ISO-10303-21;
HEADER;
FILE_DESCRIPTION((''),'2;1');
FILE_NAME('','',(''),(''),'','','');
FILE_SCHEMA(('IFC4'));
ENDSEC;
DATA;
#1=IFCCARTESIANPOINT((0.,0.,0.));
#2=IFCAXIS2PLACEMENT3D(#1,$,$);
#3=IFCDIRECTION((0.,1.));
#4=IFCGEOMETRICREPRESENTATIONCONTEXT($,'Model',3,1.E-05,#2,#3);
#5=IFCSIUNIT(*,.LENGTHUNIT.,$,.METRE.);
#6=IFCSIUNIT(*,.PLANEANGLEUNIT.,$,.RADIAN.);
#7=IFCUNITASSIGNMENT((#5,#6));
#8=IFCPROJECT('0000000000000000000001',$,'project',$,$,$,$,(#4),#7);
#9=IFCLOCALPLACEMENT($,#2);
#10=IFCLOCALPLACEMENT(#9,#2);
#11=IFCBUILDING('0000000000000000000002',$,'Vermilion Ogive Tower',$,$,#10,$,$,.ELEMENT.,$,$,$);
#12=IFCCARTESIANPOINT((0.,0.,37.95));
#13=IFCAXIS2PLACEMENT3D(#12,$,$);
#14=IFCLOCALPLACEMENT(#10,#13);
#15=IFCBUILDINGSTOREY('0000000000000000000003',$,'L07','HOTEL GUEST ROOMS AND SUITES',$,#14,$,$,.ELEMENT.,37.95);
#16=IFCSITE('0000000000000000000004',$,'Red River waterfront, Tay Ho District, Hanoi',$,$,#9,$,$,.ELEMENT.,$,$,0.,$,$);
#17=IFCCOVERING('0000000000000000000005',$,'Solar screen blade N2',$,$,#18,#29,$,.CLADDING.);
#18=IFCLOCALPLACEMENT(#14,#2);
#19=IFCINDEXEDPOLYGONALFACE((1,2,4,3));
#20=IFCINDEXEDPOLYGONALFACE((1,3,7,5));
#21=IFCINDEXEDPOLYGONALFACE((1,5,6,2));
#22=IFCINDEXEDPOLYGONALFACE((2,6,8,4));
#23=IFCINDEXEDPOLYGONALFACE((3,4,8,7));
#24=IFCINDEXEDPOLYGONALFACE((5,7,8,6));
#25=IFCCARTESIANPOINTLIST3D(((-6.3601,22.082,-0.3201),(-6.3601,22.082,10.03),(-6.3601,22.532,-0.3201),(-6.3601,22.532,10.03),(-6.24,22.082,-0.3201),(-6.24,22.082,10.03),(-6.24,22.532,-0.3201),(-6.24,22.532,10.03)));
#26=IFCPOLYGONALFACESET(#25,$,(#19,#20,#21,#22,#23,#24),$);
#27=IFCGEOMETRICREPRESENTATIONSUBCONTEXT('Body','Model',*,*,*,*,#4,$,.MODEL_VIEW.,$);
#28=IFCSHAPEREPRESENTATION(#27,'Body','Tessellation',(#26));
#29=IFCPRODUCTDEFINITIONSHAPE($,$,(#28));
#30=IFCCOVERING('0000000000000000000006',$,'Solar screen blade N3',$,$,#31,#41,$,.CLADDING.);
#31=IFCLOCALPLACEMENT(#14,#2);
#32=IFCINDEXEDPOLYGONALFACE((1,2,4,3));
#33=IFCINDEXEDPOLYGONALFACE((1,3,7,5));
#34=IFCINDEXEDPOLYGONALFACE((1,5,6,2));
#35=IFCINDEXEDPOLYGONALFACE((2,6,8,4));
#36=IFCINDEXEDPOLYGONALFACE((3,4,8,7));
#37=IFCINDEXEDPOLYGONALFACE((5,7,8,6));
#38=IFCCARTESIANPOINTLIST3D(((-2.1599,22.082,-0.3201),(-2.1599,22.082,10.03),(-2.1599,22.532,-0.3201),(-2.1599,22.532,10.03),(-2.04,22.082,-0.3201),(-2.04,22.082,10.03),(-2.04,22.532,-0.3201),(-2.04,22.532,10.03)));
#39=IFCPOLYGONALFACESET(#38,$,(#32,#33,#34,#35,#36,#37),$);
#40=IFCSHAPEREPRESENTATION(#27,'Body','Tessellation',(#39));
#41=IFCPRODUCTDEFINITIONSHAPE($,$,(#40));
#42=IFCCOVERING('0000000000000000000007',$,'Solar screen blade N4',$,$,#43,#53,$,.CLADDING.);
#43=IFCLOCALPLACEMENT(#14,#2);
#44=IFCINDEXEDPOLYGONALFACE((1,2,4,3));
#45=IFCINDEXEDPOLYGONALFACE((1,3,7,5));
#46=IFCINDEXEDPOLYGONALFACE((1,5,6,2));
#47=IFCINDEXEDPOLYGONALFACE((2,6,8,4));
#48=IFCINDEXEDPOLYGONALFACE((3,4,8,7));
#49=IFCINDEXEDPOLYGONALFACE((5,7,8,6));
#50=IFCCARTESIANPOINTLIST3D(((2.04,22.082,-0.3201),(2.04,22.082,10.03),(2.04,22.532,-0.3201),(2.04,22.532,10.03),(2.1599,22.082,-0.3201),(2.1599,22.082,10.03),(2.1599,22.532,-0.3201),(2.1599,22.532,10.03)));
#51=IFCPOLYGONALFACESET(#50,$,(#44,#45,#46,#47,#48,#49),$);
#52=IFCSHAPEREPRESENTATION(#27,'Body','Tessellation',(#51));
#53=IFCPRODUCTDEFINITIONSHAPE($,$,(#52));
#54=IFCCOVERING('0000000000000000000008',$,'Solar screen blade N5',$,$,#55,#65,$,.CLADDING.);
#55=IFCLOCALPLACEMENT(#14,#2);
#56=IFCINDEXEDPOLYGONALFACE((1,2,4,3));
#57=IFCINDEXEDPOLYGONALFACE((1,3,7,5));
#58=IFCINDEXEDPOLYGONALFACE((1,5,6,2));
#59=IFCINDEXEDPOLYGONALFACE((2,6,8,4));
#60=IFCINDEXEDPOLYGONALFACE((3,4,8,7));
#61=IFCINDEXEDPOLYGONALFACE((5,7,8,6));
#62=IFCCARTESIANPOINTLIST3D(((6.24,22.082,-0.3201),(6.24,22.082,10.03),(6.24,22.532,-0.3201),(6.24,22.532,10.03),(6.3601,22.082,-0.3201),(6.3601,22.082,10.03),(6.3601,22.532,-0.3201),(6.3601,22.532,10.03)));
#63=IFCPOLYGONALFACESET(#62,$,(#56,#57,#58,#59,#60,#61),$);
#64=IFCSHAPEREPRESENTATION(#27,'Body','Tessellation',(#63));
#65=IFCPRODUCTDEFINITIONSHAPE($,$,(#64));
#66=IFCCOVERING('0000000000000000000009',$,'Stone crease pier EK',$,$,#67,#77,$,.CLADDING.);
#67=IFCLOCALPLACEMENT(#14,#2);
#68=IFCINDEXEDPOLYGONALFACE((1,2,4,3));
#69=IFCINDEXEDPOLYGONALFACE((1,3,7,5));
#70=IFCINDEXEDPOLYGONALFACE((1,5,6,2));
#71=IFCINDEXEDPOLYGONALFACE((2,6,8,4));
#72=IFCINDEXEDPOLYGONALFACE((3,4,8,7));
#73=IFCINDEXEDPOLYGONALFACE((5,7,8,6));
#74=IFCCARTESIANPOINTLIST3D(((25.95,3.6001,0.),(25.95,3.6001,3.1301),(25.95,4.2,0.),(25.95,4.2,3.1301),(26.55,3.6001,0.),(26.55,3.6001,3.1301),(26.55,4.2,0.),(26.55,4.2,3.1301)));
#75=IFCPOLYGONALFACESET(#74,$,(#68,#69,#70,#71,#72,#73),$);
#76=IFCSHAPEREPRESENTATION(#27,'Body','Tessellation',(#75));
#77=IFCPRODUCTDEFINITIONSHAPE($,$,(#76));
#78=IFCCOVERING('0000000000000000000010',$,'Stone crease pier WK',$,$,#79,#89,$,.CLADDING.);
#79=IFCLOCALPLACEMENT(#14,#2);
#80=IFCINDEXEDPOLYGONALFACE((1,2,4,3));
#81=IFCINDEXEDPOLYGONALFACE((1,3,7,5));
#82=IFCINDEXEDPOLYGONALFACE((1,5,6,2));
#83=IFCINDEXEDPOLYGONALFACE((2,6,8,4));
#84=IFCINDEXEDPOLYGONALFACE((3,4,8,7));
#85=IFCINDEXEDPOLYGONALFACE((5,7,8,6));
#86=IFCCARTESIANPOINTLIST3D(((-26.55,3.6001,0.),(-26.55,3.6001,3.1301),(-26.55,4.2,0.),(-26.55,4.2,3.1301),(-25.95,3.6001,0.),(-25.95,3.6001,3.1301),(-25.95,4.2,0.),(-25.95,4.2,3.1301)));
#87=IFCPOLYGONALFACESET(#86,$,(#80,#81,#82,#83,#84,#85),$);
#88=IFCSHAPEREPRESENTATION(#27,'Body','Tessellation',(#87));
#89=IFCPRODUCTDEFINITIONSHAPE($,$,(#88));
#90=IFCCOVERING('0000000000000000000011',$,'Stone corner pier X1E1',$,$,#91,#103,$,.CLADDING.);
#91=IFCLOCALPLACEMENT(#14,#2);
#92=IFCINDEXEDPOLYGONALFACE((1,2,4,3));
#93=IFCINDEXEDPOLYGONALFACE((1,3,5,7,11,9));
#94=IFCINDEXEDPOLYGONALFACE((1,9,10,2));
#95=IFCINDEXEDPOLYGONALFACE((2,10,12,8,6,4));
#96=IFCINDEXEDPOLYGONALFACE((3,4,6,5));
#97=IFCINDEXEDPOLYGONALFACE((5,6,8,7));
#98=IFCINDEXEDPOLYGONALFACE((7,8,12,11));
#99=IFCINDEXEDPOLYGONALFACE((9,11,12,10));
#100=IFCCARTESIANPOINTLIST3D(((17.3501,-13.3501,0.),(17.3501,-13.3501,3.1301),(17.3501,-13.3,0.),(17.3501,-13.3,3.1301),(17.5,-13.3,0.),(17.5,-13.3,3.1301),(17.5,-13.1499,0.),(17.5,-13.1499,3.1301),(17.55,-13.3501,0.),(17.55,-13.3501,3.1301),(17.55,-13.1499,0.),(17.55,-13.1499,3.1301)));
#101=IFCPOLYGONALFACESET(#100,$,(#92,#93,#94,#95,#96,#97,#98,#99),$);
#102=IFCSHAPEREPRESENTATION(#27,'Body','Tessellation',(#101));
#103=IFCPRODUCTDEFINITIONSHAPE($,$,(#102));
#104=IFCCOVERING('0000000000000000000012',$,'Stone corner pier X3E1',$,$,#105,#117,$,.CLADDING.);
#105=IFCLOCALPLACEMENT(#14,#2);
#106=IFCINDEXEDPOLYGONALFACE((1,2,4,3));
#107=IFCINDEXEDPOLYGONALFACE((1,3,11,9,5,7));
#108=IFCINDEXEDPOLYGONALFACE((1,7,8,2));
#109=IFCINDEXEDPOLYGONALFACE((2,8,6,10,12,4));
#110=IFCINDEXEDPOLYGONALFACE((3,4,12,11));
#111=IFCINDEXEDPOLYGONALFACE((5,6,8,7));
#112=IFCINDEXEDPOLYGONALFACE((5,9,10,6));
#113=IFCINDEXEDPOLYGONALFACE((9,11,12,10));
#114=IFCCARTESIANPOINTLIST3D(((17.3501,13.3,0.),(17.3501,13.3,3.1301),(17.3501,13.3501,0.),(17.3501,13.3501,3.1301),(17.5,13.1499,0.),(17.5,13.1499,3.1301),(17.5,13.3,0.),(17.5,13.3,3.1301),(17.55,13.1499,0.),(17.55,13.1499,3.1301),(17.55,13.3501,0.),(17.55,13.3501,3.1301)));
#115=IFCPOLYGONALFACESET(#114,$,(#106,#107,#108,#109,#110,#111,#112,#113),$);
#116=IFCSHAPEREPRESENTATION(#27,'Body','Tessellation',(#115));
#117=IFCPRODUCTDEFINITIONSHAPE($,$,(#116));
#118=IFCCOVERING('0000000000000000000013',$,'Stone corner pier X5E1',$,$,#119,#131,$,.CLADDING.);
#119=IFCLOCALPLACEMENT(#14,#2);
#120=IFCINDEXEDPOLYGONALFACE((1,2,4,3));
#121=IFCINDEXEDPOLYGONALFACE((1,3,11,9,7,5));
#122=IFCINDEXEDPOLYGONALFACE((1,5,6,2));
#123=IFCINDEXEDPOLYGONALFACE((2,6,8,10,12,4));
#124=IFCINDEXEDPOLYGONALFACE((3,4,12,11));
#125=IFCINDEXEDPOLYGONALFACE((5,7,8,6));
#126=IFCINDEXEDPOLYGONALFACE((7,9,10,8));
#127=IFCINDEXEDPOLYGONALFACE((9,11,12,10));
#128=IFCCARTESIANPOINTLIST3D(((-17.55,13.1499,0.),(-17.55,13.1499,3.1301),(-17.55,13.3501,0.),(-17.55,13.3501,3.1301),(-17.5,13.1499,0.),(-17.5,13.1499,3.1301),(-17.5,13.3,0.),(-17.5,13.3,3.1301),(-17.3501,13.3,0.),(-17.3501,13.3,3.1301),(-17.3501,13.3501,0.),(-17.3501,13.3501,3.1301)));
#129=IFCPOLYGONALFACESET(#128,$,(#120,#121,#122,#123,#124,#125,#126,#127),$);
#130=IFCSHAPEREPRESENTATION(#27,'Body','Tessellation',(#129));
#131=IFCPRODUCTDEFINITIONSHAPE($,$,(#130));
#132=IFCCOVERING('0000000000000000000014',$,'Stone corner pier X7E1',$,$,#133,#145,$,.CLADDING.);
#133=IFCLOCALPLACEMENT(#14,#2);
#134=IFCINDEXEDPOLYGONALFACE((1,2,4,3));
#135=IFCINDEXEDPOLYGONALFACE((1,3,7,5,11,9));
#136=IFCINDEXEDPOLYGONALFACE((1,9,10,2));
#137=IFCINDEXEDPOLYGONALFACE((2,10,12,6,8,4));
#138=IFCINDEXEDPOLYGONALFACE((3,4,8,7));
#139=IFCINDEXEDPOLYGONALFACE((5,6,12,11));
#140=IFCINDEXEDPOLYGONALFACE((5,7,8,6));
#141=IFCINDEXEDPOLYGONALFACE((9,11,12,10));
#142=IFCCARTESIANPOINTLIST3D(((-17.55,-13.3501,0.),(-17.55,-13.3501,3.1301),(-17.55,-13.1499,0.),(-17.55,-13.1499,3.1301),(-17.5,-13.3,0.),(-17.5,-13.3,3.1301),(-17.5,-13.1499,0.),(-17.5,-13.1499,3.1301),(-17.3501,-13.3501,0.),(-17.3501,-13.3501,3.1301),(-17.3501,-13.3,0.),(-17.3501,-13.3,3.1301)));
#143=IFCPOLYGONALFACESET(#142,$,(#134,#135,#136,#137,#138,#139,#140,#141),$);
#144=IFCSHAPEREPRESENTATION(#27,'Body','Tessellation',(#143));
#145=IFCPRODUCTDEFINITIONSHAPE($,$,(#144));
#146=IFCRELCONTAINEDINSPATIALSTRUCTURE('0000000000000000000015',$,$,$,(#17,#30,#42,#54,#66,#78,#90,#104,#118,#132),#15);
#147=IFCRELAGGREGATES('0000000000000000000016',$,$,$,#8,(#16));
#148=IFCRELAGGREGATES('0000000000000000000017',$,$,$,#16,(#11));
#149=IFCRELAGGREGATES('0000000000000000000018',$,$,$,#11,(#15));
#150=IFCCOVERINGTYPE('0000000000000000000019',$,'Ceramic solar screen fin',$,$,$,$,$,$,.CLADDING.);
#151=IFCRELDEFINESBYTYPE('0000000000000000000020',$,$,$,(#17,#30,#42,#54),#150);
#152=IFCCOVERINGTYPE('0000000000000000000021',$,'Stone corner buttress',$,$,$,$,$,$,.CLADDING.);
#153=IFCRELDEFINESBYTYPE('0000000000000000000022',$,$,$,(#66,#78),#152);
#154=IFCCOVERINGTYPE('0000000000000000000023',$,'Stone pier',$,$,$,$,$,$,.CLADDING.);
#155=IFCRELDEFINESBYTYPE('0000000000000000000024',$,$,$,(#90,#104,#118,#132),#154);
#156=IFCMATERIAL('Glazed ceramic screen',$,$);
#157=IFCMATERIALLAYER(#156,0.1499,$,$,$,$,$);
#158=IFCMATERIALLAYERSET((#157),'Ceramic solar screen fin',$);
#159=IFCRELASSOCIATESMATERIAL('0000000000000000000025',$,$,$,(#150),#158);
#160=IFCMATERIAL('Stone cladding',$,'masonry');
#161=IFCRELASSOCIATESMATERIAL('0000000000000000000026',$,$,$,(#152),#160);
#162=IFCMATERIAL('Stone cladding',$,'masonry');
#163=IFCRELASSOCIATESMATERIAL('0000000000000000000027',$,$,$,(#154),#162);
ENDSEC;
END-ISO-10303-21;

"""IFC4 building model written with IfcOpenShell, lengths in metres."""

from ifc_helpers import new_model, si_unit, direction, frame, origin, place, context, subcontext, project, spatial, polyline, outline, extrude, material, layer, layer_set, type_object, element, save


model = new_model("IFC4")

# Units and contexts
model_context = context("Model", 3, precision=1e-05, world=origin(), true_north=direction((0.0, 1.0)))
body_context = subcontext(model_context, "Body", "Model", "MODEL_VIEW")
ifc_project = project(units=[si_unit("LENGTHUNIT", "METRE"), si_unit("PLANEANGLEUNIT", "RADIAN")], contexts=[model_context])

# Site, building, storey
site_placement = place(None, origin())
site = spatial("IfcSite", under=ifc_project, at=site_placement, Name="Red River waterfront, Tay Ho District, Hanoi", CompositionType="ELEMENT", RefElevation=0.0)
building_placement = place(site_placement, origin())
building = spatial("IfcBuilding", under=site, at=building_placement, Name="Vermilion Ogive Tower", CompositionType="ELEMENT")
storey_placement = place(building_placement, frame((0.0, 0.0, 37.95)))
storey = spatial("IfcBuildingStorey", under=building, at=storey_placement, Name="L07", Description="HOTEL GUEST ROOMS AND SUITES", CompositionType="ELEMENT", Elevation=37.95)

# Coverings
ifc_material_1 = material(Name="Glazed ceramic screen")
ifc_layer_1 = layer(ifc_material_1, 0.1499)
ifc_layer_set_1 = layer_set([ifc_layer_1], Name="Ceramic solar screen fin")
covering_type_1 = type_object("IfcCoveringType", Name="Ceramic solar screen fin", PredefinedType="CLADDING", material=ifc_layer_set_1)
covering_1_placement = place(storey_placement, frame((0.0, 0.0, -0.3201)))
element("IfcCovering", 1, at=covering_1_placement, inside=storey, type_object=covering_type_1, Name="Solar screen blade N2", PredefinedType="CLADDING", context=body_context, shape_type="SweptSolid", body=[
    extrude(outline(polyline([(-6.3601, 22.082), (-6.24, 22.082), (-6.24, 22.532), (-6.3601, 22.532), (-6.3601, 22.082)])), origin(), (0.0, 0.0, 1.0), 10.3501),
])
covering_2_placement = place(storey_placement, frame((0.0, 0.0, -0.3201)))
element("IfcCovering", 2, at=covering_2_placement, inside=storey, type_object=covering_type_1, Name="Solar screen blade N3", PredefinedType="CLADDING", context=body_context, shape_type="SweptSolid", body=[
    extrude(outline(polyline([(-2.1599, 22.082), (-2.04, 22.082), (-2.04, 22.532), (-2.1599, 22.532), (-2.1599, 22.082)])), origin(), (0.0, 0.0, 1.0), 10.3501),
])
covering_3_placement = place(storey_placement, frame((0.0, 0.0, -0.3201)))
element("IfcCovering", 3, at=covering_3_placement, inside=storey, type_object=covering_type_1, Name="Solar screen blade N4", PredefinedType="CLADDING", context=body_context, shape_type="SweptSolid", body=[
    extrude(outline(polyline([(2.04, 22.082), (2.1599, 22.082), (2.1599, 22.532), (2.04, 22.532), (2.04, 22.082)])), origin(), (0.0, 0.0, 1.0), 10.3501),
])
covering_4_placement = place(storey_placement, frame((0.0, 0.0, -0.3201)))
element("IfcCovering", 4, at=covering_4_placement, inside=storey, type_object=covering_type_1, Name="Solar screen blade N5", PredefinedType="CLADDING", context=body_context, shape_type="SweptSolid", body=[
    extrude(outline(polyline([(6.24, 22.082), (6.3601, 22.082), (6.3601, 22.532), (6.24, 22.532), (6.24, 22.082)])), origin(), (0.0, 0.0, 1.0), 10.3501),
])
ifc_material_2 = material(Name="Stone cladding", Category="masonry")
covering_type_2 = type_object("IfcCoveringType", Name="Stone corner buttress", PredefinedType="CLADDING", material=ifc_material_2)
covering_5_placement = place(storey_placement, origin())
element("IfcCovering", 5, at=covering_5_placement, inside=storey, type_object=covering_type_2, Name="Stone crease pier EK", PredefinedType="CLADDING", context=body_context, shape_type="SweptSolid", body=[
    extrude(outline(polyline([(26.55, 3.6001), (26.55, 4.2), (25.95, 4.2), (25.95, 3.6001), (26.55, 3.6001)])), origin(), (0.0, 0.0, 1.0), 3.1301),
])
covering_6_placement = place(storey_placement, origin())
element("IfcCovering", 6, at=covering_6_placement, inside=storey, type_object=covering_type_2, Name="Stone crease pier WK", PredefinedType="CLADDING", context=body_context, shape_type="SweptSolid", body=[
    extrude(outline(polyline([(-26.55, 4.2), (-26.55, 3.6001), (-25.95, 3.6001), (-25.95, 4.2), (-26.55, 4.2)])), origin(), (0.0, 0.0, 1.0), 3.1301),
])
ifc_material_3 = material(Name="Stone cladding", Category="masonry")
covering_type_3 = type_object("IfcCoveringType", Name="Stone pier", PredefinedType="CLADDING", material=ifc_material_3)
covering_7_placement = place(storey_placement, origin())
element("IfcCovering", 7, at=covering_7_placement, inside=storey, type_object=covering_type_3, Name="Stone corner pier X1E1", PredefinedType="CLADDING", context=body_context, shape_type="SweptSolid", body=[
    extrude(outline(polyline([(17.3501, -13.3), (17.5, -13.3), (17.5, -13.1499), (17.55, -13.1499), (17.55, -13.3501), (17.3501, -13.3501), (17.3501, -13.3)])), origin(), (0.0, 0.0, 1.0), 3.1301),
])
covering_8_placement = place(storey_placement, origin())
element("IfcCovering", 8, at=covering_8_placement, inside=storey, type_object=covering_type_3, Name="Stone corner pier X3E1", PredefinedType="CLADDING", context=body_context, shape_type="SweptSolid", body=[
    extrude(outline(polyline([(17.5, 13.1499), (17.5, 13.3), (17.3501, 13.3), (17.3501, 13.3501), (17.55, 13.3501), (17.55, 13.1499), (17.5, 13.1499)])), origin(), (0.0, 0.0, 1.0), 3.1301),
])
covering_9_placement = place(storey_placement, origin())
element("IfcCovering", 9, at=covering_9_placement, inside=storey, type_object=covering_type_3, Name="Stone corner pier X5E1", PredefinedType="CLADDING", context=body_context, shape_type="SweptSolid", body=[
    extrude(outline(polyline([(-17.3501, 13.3), (-17.5, 13.3), (-17.5, 13.1499), (-17.55, 13.1499), (-17.55, 13.3501), (-17.3501, 13.3501), (-17.3501, 13.3)])), origin(), (0.0, 0.0, 1.0), 3.1301),
])
covering_10_placement = place(storey_placement, origin())
element("IfcCovering", 10, at=covering_10_placement, inside=storey, type_object=covering_type_3, Name="Stone corner pier X7E1", PredefinedType="CLADDING", context=body_context, shape_type="SweptSolid", body=[
    extrude(outline(polyline([(-17.5, -13.1499), (-17.5, -13.3), (-17.3501, -13.3), (-17.3501, -13.3501), (-17.55, -13.3501), (-17.55, -13.1499), (-17.5, -13.1499)])), origin(), (0.0, 0.0, 1.0), 3.1301),
])

save(model, "model.ifc")
